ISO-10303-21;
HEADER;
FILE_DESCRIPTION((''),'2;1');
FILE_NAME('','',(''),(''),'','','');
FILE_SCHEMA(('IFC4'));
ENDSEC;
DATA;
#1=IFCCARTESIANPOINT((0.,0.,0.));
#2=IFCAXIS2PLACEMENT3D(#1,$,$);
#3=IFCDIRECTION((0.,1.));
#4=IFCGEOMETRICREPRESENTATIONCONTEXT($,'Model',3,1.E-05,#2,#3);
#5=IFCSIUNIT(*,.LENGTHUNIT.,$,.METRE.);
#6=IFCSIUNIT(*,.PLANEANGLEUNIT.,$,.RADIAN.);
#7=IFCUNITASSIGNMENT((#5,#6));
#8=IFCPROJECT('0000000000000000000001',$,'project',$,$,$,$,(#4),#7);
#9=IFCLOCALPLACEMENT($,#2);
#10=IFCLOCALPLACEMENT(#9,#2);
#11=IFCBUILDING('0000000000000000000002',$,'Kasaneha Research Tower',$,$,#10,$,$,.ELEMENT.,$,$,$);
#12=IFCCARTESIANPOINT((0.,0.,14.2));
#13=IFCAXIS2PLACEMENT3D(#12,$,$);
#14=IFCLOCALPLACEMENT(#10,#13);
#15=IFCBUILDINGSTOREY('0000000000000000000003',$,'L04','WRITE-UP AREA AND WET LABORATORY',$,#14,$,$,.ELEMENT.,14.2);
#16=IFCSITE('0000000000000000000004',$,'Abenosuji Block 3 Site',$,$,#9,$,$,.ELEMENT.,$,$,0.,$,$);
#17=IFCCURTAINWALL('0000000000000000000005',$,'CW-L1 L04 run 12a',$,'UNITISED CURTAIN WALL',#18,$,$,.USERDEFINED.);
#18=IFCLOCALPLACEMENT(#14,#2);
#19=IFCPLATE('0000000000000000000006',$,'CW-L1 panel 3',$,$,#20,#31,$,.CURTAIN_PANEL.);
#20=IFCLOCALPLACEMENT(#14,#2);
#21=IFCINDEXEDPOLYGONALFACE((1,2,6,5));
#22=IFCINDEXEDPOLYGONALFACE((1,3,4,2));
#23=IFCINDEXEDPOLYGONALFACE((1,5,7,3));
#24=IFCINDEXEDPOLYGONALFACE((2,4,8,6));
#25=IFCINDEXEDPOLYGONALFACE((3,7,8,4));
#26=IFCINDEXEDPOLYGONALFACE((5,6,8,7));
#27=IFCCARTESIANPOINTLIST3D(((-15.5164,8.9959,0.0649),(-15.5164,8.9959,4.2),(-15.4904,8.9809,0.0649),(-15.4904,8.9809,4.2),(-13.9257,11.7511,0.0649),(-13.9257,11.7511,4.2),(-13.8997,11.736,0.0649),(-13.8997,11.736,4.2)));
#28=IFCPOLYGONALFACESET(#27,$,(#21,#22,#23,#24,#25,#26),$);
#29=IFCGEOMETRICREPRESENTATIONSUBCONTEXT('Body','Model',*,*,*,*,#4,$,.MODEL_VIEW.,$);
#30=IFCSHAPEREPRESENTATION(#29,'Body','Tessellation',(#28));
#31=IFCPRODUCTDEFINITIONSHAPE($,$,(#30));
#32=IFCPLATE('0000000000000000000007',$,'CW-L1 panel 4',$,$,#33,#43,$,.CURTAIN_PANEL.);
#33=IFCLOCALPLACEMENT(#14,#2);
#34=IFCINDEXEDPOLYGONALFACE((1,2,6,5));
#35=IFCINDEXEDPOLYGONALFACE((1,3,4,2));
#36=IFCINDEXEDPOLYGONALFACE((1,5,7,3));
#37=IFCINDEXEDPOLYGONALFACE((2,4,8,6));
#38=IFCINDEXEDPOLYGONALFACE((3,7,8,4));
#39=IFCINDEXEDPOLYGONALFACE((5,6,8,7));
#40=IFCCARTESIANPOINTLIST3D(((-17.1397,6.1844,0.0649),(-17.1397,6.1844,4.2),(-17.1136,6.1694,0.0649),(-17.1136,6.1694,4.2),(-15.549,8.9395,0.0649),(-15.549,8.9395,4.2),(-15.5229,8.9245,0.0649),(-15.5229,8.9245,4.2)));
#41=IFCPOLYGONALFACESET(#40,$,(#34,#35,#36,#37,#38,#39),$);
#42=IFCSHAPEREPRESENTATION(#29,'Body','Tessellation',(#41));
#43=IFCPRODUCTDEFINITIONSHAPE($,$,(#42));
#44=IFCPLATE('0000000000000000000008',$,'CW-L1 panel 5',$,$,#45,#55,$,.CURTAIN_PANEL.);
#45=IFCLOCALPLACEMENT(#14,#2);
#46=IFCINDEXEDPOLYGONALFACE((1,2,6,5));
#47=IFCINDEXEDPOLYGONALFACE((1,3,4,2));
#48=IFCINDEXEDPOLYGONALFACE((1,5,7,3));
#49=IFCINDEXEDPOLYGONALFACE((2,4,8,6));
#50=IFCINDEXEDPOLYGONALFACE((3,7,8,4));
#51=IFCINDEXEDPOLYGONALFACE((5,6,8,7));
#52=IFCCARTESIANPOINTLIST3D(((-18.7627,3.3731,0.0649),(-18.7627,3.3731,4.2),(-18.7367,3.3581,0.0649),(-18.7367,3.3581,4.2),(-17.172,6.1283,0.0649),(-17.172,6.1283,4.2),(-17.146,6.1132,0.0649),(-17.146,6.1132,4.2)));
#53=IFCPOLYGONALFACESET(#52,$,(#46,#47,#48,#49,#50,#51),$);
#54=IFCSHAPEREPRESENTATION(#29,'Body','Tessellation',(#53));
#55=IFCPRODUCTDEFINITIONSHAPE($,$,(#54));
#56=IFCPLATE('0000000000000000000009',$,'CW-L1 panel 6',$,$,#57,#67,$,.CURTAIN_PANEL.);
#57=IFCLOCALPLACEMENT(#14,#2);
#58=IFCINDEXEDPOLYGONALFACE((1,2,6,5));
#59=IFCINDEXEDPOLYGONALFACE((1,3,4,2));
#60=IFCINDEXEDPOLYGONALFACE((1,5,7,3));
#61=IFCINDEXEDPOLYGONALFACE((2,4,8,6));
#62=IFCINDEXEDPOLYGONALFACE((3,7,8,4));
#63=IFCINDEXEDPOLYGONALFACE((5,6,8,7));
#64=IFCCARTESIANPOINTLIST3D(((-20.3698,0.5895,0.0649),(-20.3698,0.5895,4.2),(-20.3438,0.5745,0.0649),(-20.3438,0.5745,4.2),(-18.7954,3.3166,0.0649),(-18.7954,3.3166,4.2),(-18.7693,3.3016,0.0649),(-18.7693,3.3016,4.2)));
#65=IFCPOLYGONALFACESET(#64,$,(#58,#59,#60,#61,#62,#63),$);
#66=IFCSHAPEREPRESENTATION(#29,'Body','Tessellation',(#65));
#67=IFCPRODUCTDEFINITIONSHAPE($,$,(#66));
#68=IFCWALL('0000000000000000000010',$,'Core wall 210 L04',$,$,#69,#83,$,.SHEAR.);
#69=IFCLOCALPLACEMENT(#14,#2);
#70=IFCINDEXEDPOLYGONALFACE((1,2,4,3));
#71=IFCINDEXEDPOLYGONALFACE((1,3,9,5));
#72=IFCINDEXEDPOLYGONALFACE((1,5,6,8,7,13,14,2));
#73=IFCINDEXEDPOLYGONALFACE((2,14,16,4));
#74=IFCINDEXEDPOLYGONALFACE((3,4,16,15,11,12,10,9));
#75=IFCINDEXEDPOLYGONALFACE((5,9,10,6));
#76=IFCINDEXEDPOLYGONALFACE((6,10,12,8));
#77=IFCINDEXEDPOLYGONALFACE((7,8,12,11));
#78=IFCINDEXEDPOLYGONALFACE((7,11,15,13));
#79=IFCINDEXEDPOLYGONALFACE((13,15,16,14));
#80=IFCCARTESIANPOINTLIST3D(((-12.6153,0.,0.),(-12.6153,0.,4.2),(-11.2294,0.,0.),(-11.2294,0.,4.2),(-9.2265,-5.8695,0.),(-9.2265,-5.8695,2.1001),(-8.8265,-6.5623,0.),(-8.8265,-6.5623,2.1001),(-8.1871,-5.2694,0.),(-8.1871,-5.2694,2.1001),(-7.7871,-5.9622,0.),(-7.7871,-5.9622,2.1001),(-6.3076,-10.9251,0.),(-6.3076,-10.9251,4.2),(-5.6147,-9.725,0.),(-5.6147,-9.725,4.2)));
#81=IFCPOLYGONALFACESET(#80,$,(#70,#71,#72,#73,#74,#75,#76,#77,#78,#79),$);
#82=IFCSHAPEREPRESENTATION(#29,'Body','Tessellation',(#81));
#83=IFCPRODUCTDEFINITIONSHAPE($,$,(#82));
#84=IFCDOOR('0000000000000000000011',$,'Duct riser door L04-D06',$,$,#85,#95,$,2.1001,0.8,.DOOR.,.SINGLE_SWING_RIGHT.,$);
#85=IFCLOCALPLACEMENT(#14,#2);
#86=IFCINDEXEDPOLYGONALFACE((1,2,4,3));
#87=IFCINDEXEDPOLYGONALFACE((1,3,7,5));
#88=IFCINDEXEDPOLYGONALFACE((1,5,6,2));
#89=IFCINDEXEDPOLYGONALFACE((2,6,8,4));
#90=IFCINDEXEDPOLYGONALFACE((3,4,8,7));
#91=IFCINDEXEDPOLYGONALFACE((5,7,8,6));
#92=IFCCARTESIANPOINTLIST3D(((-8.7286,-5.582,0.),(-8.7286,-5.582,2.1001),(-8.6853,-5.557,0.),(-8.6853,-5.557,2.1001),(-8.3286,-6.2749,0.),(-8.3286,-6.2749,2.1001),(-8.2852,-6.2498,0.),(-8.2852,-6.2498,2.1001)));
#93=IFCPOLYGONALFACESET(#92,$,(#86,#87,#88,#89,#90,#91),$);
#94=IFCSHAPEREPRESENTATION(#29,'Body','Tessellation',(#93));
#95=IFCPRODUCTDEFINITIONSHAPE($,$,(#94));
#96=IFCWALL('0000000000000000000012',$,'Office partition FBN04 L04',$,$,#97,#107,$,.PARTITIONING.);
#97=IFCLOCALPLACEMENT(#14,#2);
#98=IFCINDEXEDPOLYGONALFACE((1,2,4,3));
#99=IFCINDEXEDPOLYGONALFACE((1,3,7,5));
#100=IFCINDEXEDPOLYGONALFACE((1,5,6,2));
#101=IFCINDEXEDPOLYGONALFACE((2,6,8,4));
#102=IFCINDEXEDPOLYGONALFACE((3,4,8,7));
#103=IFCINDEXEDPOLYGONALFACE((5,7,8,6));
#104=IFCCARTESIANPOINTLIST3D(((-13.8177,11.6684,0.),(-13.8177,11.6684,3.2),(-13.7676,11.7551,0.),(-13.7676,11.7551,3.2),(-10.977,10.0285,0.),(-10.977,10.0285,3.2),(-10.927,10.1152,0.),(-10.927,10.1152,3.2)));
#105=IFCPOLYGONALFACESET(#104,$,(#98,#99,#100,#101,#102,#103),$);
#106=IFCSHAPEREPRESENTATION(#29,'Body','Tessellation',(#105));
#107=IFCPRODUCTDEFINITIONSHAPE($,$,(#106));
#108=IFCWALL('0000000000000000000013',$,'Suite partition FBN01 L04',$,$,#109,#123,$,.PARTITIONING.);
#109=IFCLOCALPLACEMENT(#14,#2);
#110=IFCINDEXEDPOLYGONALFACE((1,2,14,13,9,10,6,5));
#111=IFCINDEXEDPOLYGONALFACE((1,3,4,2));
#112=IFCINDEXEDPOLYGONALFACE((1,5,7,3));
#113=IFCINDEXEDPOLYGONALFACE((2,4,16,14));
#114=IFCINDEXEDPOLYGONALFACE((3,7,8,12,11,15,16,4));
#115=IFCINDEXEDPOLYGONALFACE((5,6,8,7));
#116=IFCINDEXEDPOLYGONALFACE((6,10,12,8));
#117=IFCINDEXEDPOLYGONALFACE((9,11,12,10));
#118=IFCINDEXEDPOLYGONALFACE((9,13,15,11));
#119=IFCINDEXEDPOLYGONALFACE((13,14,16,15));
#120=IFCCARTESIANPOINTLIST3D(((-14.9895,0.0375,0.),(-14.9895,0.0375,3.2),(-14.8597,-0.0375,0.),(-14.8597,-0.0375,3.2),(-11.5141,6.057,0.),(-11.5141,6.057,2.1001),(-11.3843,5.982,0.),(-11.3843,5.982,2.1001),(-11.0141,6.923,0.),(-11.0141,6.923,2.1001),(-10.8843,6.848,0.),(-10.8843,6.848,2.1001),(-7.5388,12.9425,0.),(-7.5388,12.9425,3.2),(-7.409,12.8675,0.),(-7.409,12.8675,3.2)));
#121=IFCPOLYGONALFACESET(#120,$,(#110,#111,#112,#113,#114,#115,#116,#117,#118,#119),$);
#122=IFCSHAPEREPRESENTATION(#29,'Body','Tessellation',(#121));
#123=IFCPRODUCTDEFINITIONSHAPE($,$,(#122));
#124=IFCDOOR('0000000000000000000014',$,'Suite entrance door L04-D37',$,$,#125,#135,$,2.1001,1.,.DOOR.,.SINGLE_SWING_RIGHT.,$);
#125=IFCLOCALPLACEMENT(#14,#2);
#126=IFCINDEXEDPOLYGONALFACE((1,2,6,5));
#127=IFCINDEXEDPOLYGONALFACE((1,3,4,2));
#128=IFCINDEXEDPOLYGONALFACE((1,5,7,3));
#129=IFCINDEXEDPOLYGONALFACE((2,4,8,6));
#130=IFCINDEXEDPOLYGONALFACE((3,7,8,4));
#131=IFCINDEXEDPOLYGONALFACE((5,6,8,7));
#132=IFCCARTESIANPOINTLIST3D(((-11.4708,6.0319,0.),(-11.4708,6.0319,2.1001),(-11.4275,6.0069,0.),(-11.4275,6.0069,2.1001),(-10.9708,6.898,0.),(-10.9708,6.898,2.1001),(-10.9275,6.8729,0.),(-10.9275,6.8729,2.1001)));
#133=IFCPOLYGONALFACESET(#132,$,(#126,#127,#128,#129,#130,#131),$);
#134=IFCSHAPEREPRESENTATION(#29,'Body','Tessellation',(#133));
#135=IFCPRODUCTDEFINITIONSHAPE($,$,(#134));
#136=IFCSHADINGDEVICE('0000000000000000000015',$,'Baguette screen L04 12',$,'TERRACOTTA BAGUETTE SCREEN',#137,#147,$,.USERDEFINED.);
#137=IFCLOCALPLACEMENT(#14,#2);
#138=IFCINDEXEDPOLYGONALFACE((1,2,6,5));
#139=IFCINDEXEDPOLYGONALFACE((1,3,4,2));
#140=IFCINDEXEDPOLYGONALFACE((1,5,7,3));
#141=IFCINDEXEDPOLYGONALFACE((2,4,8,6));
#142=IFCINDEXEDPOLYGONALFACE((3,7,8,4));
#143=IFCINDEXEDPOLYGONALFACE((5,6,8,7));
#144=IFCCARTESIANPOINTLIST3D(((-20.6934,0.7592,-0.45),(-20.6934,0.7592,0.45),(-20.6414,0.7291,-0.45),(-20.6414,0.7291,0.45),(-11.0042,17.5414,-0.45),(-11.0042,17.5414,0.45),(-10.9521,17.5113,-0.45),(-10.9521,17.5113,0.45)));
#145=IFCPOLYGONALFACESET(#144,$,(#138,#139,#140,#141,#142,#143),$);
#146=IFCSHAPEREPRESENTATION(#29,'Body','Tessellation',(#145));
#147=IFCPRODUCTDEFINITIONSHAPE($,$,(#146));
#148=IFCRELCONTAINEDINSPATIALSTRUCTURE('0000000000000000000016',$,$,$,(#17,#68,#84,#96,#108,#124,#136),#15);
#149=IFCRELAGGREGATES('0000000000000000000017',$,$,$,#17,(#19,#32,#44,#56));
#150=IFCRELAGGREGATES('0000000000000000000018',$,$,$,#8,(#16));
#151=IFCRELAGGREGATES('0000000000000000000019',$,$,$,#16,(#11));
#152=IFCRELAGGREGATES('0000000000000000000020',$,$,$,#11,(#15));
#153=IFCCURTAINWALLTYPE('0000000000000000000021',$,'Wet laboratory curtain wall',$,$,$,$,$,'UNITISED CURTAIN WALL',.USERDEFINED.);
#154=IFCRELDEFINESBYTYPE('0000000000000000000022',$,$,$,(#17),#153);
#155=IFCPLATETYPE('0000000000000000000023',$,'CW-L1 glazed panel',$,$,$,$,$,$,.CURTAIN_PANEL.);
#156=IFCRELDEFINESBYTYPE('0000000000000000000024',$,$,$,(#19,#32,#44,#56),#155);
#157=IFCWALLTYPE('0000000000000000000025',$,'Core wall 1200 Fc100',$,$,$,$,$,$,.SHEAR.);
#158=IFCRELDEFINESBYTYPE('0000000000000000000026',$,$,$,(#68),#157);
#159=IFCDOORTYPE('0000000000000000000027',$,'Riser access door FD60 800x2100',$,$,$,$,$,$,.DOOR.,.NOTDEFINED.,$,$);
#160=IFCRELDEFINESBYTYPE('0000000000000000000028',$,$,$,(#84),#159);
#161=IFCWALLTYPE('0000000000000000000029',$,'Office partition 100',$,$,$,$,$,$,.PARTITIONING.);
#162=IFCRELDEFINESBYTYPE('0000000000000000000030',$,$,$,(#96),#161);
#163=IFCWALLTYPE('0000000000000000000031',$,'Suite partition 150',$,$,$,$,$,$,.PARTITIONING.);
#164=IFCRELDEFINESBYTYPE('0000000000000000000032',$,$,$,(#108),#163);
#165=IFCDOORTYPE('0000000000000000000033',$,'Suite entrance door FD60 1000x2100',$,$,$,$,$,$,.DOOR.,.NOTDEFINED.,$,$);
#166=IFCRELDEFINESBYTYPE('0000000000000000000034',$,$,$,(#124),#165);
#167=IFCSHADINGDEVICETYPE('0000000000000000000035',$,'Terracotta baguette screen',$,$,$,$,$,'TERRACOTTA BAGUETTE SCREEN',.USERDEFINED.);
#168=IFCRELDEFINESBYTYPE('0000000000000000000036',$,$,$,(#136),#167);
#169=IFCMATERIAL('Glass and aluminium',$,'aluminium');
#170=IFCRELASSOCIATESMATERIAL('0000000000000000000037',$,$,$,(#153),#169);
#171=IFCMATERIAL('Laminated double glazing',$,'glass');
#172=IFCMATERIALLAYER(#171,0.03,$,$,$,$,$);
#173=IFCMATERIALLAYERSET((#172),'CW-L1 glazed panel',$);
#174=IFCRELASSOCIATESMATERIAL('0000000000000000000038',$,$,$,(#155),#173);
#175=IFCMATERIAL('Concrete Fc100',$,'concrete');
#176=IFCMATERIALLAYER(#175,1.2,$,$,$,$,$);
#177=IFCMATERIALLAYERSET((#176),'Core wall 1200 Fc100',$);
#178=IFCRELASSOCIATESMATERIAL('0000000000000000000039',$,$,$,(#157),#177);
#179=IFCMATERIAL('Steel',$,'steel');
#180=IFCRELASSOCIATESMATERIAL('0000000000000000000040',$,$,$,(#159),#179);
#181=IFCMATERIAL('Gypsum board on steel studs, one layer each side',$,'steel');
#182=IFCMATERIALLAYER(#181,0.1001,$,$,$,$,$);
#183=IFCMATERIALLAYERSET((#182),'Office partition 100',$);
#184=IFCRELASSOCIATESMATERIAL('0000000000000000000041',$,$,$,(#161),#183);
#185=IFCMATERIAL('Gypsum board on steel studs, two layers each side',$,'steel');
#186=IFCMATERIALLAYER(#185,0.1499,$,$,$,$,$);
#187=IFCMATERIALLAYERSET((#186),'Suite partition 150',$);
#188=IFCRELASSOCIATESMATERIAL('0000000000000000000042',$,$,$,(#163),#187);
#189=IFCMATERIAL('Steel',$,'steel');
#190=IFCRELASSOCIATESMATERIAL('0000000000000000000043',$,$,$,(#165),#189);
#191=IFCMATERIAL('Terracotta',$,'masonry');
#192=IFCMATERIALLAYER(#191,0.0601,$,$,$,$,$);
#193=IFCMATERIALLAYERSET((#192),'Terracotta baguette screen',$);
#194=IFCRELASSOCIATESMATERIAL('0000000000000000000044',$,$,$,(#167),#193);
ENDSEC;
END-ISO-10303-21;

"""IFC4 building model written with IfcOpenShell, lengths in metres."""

from ifc_helpers import new_model, si_unit, direction, frame, frame_2d, origin, origin_2d, place, context, subcontext, project, spatial, polyline, rectangle, outline, extrude, material, layer, layer_set, type_object, element, fill, aggregate, save


model = new_model("IFC4")

# Units and contexts
model_context = context("Model", 3, precision=1e-05, world=origin(), true_north=direction((0.0, 1.0)))
body_context = subcontext(model_context, "Body", "Model", "MODEL_VIEW")
ifc_project = project(units=[si_unit("LENGTHUNIT", "METRE"), si_unit("PLANEANGLEUNIT", "RADIAN")], contexts=[model_context])

# Site, building, storey
site_placement = place(None, origin())
site = spatial("IfcSite", under=ifc_project, at=site_placement, Name="Abenosuji Block 3 Site", CompositionType="ELEMENT", RefElevation=0.0)
building_placement = place(site_placement, origin())
building = spatial("IfcBuilding", under=site, at=building_placement, Name="Kasaneha Research Tower", CompositionType="ELEMENT")
storey_placement = place(building_placement, frame((0.0, 0.0, 14.2)))
storey = spatial("IfcBuildingStorey", under=building, at=storey_placement, Name="L04", Description="WRITE-UP AREA AND WET LABORATORY", CompositionType="ELEMENT", Elevation=14.2)

# Curtain wall
ifc_material_1 = material(Name="Glass and aluminium", Category="aluminium")
curtain_wall_type = type_object("IfcCurtainWallType", Name="Wet laboratory curtain wall", ElementType="UNITISED CURTAIN WALL", PredefinedType="USERDEFINED", material=ifc_material_1)
curtain_wall_1_placement = place(storey_placement, origin())
curtain_wall_1 = element("IfcCurtainWall", 1, at=curtain_wall_1_placement, inside=storey, type_object=curtain_wall_type, Name="CW-L1 L04 run 12a", ObjectType="UNITISED CURTAIN WALL", PredefinedType="USERDEFINED")

# Plates
ifc_material_2 = material(Name="Laminated double glazing", Category="glass")
ifc_layer_1 = layer(ifc_material_2, 0.03)
ifc_layer_set_1 = layer_set([ifc_layer_1], Name="CW-L1 glazed panel")
plate_type = type_object("IfcPlateType", Name="CW-L1 glazed panel", PredefinedType="CURTAIN_PANEL", material=ifc_layer_set_1)
plate_1_placement = place(storey_placement, frame((-14.708, 10.366, 0.0649), z_axis=(0.0, 0.0, 1.0), x_axis=(-0.5, -0.866025, 0.0)))
plate_1 = element("IfcPlate", 2, at=plate_1_placement, type_object=plate_type, Name="CW-L1 panel 3", PredefinedType="CURTAIN_PANEL", context=body_context, shape_type="SweptSolid", body=[
    extrude(rectangle(XDim=3.1814, YDim=0.03, at=origin_2d()), origin(), (0.0, 0.0, 1.0), 4.135),
])
plate_2_placement = place(storey_placement, frame((-16.3313, 7.5544, 0.0649), z_axis=(0.0, 0.0, 1.0), x_axis=(-0.5, -0.866025, 0.0)))
plate_2 = element("IfcPlate", 3, at=plate_2_placement, type_object=plate_type, Name="CW-L1 panel 4", PredefinedType="CURTAIN_PANEL", context=body_context, shape_type="SweptSolid", body=[
    extrude(rectangle(XDim=3.1814, YDim=0.03, at=origin_2d()), origin(), (0.0, 0.0, 1.0), 4.135),
])
plate_3_placement = place(storey_placement, frame((-17.9543, 4.7432, 0.0649), z_axis=(0.0, 0.0, 1.0), x_axis=(-0.5, -0.866025, 0.0)))
plate_3 = element("IfcPlate", 4, at=plate_3_placement, type_object=plate_type, Name="CW-L1 panel 5", PredefinedType="CURTAIN_PANEL", context=body_context, shape_type="SweptSolid", body=[
    extrude(rectangle(XDim=3.1814, YDim=0.03, at=origin_2d()), origin(), (0.0, 0.0, 1.0), 4.135),
])
plate_4_placement = place(storey_placement, frame((-19.5696, 1.9456, 0.0649), z_axis=(0.0, 0.0, 1.0), x_axis=(-0.5, -0.866025, 0.0)))
plate_4 = element("IfcPlate", 5, at=plate_4_placement, type_object=plate_type, Name="CW-L1 panel 6", PredefinedType="CURTAIN_PANEL", context=body_context, shape_type="SweptSolid", body=[
    extrude(rectangle(XDim=3.1489, YDim=0.03, at=origin_2d()), origin(), (0.0, 0.0, 1.0), 4.135),
])
aggregate(curtain_wall_1, [plate_1, plate_2, plate_3, plate_4])

# Wall, opening, door
ifc_material_3 = material(Name="Concrete Fc100", Category="concrete")
ifc_layer_2 = layer(ifc_material_3, 1.2)
ifc_layer_set_2 = layer_set([ifc_layer_2], Name="Core wall 1200 Fc100")
wall_type_1 = type_object("IfcWallType", Name="Core wall 1200 Fc100", PredefinedType="SHEAR", material=ifc_layer_set_2)
wall_1_placement = place(storey_placement, frame((-11.9224, 0.0, 0.0), z_axis=(0.0, 0.0, 1.0), x_axis=(0.500004, -0.866023, 0.0)))
wall_1 = element("IfcWall", 6, at=wall_1_placement, inside=storey, type_object=wall_type_1, Name="Core wall 210 L04", PredefinedType="SHEAR", context=body_context, shape_type="SweptSolid", body=[
    extrude(outline(polyline([(-0.3464, -0.6001), (6.4312, -0.6001), (7.2312, -0.6001), (12.2688, -0.6001), (11.5759, 0.6001), (7.2312, 0.6001), (6.4312, 0.6001), (0.3464, 0.6001), (-0.3464, -0.6001)])), origin(), (0.0, 0.0, 1.0), 4.2),
])
opening_1_placement = place(wall_1_placement, frame((6.4312, 0.0, 0.0)))
opening_1 = element("IfcOpeningElement", 7, at=opening_1_placement, cuts=wall_1, PredefinedType="OPENING", context=body_context, shape_type="SweptSolid", body=[
    extrude(rectangle(XDim=0.8, YDim=2.1001, at=frame_2d((0.3999, 1.05))), frame((0.0, 0.6099, 0.0), z_axis=(0.0, -1.0, 0.0), x_axis=(1.0, 0.0, 0.0)), (0.0, 0.0, 1.0), 1.22),
])
ifc_material_4 = material(Name="Steel", Category="steel")
door_type_1 = type_object("IfcDoorType", Name="Riser access door FD60 800x2100", OperationType="NOTDEFINED", PredefinedType="DOOR", material=ifc_material_4)
door_1_placement = place(opening_1_placement, origin())
door_1 = element("IfcDoor", 8, at=door_1_placement, inside=storey, type_object=door_type_1, Name="Duct riser door L04-D06", OperationType="SINGLE_SWING_RIGHT", OverallHeight=2.1001, OverallWidth=0.8, PredefinedType="DOOR", context=body_context, shape_type="SweptSolid", body=[
    extrude(rectangle(XDim=0.8, YDim=2.1001, at=frame_2d((0.3999, 1.05))), frame((0.0, 0.0249, 0.0), z_axis=(0.0, -1.0, 0.0), x_axis=(1.0, 0.0, 0.0)), (0.0, 0.0, 1.0), 0.05),
])
fill(opening_1, door_1)

# Wall
ifc_material_5 = material(Name="Gypsum board on steel studs, one layer each side", Category="steel")
ifc_layer_3 = layer(ifc_material_5, 0.1001)
ifc_layer_set_3 = layer_set([ifc_layer_3], Name="Office partition 100")
wall_type_2 = type_object("IfcWallType", Name="Office partition 100", PredefinedType="PARTITIONING", material=ifc_layer_set_3)
wall_2_placement = place(storey_placement, frame((-10.9519, 10.0718, 0.0), z_axis=(0.0, 0.0, 1.0), x_axis=(-0.866041, 0.499974, 0.0)))
element("IfcWall", 9, at=wall_2_placement, inside=storey, type_object=wall_type_2, Name="Office partition FBN04 L04", PredefinedType="PARTITIONING", context=body_context, shape_type="SweptSolid", body=[
    extrude(rectangle(XDim=3.28, YDim=0.1001, at=frame_2d((1.6401, 0.0))), origin(), (0.0, 0.0, 1.0), 3.2),
])

# Wall, opening, door
ifc_material_6 = material(Name="Gypsum board on steel studs, two layers each side", Category="steel")
ifc_layer_4 = layer(ifc_material_6, 0.1499)
ifc_layer_set_4 = layer_set([ifc_layer_4], Name="Suite partition 150")
wall_type_3 = type_object("IfcWallType", Name="Suite partition 150", PredefinedType="PARTITIONING", material=ifc_layer_set_4)
wall_3_placement = place(storey_placement, frame((-14.9246, 0.0, 0.0), z_axis=(0.0, 0.0, 1.0), x_axis=(0.499998, 0.866027, 0.0)))
wall_3 = element("IfcWall", 10, at=wall_3_placement, inside=storey, type_object=wall_type_3, Name="Suite partition FBN01 L04", PredefinedType="PARTITIONING", context=body_context, shape_type="SweptSolid", body=[
    extrude(rectangle(XDim=14.9014, YDim=0.1499, at=frame_2d((7.4507, 0.0))), origin(), (0.0, 0.0, 1.0), 3.2),
])
opening_2_placement = place(wall_3_placement, frame((6.9507, 0.0, 0.0)))
opening_2 = element("IfcOpeningElement", 11, at=opening_2_placement, cuts=wall_3, PredefinedType="OPENING", context=body_context, shape_type="SweptSolid", body=[
    extrude(rectangle(XDim=1.0, YDim=2.1001, at=frame_2d((0.5, 1.05))), frame((0.0, 0.085, 0.0), z_axis=(0.0, -1.0, 0.0), x_axis=(1.0, 0.0, 0.0)), (0.0, 0.0, 1.0), 0.1699),
])
ifc_material_7 = material(Name="Steel", Category="steel")
door_type_2 = type_object("IfcDoorType", Name="Suite entrance door FD60 1000x2100", OperationType="NOTDEFINED", PredefinedType="DOOR", material=ifc_material_7)
door_2_placement = place(opening_2_placement, origin())
door_2 = element("IfcDoor", 12, at=door_2_placement, inside=storey, type_object=door_type_2, Name="Suite entrance door L04-D37", OperationType="SINGLE_SWING_RIGHT", OverallHeight=2.1001, OverallWidth=1.0, PredefinedType="DOOR", context=body_context, shape_type="SweptSolid", body=[
    extrude(rectangle(XDim=1.0, YDim=2.1001, at=frame_2d((0.5, 1.05))), frame((0.0, 0.0249, 0.0), z_axis=(0.0, -1.0, 0.0), x_axis=(1.0, 0.0, 0.0)), (0.0, 0.0, 1.0), 0.05),
])
fill(opening_2, door_2)

# Shading device
ifc_material_8 = material(Name="Terracotta", Category="masonry")
ifc_layer_5 = layer(ifc_material_8, 0.0601)
ifc_layer_set_5 = layer_set([ifc_layer_5], Name="Terracotta baguette screen")
shading_device_type = type_object("IfcShadingDeviceType", Name="Terracotta baguette screen", ElementType="TERRACOTTA BAGUETTE SCREEN", PredefinedType="USERDEFINED", material=ifc_layer_set_5)
shading_device_placement = place(storey_placement, frame((-15.8228, 9.1353, -0.45), z_axis=(0.0, 0.0, 1.0), x_axis=(-0.5, -0.866025, 0.0)))
element("IfcShadingDevice", 13, at=shading_device_placement, inside=storey, type_object=shading_device_type, Name="Baguette screen L04 12", ObjectType="TERRACOTTA BAGUETTE SCREEN", PredefinedType="USERDEFINED", context=body_context, shape_type="SweptSolid", body=[
    extrude(rectangle(XDim=19.3784, YDim=0.0601, at=origin_2d()), origin(), (0.0, 0.0, 1.0), 0.8999),
])

save(model, "model.ifc")
